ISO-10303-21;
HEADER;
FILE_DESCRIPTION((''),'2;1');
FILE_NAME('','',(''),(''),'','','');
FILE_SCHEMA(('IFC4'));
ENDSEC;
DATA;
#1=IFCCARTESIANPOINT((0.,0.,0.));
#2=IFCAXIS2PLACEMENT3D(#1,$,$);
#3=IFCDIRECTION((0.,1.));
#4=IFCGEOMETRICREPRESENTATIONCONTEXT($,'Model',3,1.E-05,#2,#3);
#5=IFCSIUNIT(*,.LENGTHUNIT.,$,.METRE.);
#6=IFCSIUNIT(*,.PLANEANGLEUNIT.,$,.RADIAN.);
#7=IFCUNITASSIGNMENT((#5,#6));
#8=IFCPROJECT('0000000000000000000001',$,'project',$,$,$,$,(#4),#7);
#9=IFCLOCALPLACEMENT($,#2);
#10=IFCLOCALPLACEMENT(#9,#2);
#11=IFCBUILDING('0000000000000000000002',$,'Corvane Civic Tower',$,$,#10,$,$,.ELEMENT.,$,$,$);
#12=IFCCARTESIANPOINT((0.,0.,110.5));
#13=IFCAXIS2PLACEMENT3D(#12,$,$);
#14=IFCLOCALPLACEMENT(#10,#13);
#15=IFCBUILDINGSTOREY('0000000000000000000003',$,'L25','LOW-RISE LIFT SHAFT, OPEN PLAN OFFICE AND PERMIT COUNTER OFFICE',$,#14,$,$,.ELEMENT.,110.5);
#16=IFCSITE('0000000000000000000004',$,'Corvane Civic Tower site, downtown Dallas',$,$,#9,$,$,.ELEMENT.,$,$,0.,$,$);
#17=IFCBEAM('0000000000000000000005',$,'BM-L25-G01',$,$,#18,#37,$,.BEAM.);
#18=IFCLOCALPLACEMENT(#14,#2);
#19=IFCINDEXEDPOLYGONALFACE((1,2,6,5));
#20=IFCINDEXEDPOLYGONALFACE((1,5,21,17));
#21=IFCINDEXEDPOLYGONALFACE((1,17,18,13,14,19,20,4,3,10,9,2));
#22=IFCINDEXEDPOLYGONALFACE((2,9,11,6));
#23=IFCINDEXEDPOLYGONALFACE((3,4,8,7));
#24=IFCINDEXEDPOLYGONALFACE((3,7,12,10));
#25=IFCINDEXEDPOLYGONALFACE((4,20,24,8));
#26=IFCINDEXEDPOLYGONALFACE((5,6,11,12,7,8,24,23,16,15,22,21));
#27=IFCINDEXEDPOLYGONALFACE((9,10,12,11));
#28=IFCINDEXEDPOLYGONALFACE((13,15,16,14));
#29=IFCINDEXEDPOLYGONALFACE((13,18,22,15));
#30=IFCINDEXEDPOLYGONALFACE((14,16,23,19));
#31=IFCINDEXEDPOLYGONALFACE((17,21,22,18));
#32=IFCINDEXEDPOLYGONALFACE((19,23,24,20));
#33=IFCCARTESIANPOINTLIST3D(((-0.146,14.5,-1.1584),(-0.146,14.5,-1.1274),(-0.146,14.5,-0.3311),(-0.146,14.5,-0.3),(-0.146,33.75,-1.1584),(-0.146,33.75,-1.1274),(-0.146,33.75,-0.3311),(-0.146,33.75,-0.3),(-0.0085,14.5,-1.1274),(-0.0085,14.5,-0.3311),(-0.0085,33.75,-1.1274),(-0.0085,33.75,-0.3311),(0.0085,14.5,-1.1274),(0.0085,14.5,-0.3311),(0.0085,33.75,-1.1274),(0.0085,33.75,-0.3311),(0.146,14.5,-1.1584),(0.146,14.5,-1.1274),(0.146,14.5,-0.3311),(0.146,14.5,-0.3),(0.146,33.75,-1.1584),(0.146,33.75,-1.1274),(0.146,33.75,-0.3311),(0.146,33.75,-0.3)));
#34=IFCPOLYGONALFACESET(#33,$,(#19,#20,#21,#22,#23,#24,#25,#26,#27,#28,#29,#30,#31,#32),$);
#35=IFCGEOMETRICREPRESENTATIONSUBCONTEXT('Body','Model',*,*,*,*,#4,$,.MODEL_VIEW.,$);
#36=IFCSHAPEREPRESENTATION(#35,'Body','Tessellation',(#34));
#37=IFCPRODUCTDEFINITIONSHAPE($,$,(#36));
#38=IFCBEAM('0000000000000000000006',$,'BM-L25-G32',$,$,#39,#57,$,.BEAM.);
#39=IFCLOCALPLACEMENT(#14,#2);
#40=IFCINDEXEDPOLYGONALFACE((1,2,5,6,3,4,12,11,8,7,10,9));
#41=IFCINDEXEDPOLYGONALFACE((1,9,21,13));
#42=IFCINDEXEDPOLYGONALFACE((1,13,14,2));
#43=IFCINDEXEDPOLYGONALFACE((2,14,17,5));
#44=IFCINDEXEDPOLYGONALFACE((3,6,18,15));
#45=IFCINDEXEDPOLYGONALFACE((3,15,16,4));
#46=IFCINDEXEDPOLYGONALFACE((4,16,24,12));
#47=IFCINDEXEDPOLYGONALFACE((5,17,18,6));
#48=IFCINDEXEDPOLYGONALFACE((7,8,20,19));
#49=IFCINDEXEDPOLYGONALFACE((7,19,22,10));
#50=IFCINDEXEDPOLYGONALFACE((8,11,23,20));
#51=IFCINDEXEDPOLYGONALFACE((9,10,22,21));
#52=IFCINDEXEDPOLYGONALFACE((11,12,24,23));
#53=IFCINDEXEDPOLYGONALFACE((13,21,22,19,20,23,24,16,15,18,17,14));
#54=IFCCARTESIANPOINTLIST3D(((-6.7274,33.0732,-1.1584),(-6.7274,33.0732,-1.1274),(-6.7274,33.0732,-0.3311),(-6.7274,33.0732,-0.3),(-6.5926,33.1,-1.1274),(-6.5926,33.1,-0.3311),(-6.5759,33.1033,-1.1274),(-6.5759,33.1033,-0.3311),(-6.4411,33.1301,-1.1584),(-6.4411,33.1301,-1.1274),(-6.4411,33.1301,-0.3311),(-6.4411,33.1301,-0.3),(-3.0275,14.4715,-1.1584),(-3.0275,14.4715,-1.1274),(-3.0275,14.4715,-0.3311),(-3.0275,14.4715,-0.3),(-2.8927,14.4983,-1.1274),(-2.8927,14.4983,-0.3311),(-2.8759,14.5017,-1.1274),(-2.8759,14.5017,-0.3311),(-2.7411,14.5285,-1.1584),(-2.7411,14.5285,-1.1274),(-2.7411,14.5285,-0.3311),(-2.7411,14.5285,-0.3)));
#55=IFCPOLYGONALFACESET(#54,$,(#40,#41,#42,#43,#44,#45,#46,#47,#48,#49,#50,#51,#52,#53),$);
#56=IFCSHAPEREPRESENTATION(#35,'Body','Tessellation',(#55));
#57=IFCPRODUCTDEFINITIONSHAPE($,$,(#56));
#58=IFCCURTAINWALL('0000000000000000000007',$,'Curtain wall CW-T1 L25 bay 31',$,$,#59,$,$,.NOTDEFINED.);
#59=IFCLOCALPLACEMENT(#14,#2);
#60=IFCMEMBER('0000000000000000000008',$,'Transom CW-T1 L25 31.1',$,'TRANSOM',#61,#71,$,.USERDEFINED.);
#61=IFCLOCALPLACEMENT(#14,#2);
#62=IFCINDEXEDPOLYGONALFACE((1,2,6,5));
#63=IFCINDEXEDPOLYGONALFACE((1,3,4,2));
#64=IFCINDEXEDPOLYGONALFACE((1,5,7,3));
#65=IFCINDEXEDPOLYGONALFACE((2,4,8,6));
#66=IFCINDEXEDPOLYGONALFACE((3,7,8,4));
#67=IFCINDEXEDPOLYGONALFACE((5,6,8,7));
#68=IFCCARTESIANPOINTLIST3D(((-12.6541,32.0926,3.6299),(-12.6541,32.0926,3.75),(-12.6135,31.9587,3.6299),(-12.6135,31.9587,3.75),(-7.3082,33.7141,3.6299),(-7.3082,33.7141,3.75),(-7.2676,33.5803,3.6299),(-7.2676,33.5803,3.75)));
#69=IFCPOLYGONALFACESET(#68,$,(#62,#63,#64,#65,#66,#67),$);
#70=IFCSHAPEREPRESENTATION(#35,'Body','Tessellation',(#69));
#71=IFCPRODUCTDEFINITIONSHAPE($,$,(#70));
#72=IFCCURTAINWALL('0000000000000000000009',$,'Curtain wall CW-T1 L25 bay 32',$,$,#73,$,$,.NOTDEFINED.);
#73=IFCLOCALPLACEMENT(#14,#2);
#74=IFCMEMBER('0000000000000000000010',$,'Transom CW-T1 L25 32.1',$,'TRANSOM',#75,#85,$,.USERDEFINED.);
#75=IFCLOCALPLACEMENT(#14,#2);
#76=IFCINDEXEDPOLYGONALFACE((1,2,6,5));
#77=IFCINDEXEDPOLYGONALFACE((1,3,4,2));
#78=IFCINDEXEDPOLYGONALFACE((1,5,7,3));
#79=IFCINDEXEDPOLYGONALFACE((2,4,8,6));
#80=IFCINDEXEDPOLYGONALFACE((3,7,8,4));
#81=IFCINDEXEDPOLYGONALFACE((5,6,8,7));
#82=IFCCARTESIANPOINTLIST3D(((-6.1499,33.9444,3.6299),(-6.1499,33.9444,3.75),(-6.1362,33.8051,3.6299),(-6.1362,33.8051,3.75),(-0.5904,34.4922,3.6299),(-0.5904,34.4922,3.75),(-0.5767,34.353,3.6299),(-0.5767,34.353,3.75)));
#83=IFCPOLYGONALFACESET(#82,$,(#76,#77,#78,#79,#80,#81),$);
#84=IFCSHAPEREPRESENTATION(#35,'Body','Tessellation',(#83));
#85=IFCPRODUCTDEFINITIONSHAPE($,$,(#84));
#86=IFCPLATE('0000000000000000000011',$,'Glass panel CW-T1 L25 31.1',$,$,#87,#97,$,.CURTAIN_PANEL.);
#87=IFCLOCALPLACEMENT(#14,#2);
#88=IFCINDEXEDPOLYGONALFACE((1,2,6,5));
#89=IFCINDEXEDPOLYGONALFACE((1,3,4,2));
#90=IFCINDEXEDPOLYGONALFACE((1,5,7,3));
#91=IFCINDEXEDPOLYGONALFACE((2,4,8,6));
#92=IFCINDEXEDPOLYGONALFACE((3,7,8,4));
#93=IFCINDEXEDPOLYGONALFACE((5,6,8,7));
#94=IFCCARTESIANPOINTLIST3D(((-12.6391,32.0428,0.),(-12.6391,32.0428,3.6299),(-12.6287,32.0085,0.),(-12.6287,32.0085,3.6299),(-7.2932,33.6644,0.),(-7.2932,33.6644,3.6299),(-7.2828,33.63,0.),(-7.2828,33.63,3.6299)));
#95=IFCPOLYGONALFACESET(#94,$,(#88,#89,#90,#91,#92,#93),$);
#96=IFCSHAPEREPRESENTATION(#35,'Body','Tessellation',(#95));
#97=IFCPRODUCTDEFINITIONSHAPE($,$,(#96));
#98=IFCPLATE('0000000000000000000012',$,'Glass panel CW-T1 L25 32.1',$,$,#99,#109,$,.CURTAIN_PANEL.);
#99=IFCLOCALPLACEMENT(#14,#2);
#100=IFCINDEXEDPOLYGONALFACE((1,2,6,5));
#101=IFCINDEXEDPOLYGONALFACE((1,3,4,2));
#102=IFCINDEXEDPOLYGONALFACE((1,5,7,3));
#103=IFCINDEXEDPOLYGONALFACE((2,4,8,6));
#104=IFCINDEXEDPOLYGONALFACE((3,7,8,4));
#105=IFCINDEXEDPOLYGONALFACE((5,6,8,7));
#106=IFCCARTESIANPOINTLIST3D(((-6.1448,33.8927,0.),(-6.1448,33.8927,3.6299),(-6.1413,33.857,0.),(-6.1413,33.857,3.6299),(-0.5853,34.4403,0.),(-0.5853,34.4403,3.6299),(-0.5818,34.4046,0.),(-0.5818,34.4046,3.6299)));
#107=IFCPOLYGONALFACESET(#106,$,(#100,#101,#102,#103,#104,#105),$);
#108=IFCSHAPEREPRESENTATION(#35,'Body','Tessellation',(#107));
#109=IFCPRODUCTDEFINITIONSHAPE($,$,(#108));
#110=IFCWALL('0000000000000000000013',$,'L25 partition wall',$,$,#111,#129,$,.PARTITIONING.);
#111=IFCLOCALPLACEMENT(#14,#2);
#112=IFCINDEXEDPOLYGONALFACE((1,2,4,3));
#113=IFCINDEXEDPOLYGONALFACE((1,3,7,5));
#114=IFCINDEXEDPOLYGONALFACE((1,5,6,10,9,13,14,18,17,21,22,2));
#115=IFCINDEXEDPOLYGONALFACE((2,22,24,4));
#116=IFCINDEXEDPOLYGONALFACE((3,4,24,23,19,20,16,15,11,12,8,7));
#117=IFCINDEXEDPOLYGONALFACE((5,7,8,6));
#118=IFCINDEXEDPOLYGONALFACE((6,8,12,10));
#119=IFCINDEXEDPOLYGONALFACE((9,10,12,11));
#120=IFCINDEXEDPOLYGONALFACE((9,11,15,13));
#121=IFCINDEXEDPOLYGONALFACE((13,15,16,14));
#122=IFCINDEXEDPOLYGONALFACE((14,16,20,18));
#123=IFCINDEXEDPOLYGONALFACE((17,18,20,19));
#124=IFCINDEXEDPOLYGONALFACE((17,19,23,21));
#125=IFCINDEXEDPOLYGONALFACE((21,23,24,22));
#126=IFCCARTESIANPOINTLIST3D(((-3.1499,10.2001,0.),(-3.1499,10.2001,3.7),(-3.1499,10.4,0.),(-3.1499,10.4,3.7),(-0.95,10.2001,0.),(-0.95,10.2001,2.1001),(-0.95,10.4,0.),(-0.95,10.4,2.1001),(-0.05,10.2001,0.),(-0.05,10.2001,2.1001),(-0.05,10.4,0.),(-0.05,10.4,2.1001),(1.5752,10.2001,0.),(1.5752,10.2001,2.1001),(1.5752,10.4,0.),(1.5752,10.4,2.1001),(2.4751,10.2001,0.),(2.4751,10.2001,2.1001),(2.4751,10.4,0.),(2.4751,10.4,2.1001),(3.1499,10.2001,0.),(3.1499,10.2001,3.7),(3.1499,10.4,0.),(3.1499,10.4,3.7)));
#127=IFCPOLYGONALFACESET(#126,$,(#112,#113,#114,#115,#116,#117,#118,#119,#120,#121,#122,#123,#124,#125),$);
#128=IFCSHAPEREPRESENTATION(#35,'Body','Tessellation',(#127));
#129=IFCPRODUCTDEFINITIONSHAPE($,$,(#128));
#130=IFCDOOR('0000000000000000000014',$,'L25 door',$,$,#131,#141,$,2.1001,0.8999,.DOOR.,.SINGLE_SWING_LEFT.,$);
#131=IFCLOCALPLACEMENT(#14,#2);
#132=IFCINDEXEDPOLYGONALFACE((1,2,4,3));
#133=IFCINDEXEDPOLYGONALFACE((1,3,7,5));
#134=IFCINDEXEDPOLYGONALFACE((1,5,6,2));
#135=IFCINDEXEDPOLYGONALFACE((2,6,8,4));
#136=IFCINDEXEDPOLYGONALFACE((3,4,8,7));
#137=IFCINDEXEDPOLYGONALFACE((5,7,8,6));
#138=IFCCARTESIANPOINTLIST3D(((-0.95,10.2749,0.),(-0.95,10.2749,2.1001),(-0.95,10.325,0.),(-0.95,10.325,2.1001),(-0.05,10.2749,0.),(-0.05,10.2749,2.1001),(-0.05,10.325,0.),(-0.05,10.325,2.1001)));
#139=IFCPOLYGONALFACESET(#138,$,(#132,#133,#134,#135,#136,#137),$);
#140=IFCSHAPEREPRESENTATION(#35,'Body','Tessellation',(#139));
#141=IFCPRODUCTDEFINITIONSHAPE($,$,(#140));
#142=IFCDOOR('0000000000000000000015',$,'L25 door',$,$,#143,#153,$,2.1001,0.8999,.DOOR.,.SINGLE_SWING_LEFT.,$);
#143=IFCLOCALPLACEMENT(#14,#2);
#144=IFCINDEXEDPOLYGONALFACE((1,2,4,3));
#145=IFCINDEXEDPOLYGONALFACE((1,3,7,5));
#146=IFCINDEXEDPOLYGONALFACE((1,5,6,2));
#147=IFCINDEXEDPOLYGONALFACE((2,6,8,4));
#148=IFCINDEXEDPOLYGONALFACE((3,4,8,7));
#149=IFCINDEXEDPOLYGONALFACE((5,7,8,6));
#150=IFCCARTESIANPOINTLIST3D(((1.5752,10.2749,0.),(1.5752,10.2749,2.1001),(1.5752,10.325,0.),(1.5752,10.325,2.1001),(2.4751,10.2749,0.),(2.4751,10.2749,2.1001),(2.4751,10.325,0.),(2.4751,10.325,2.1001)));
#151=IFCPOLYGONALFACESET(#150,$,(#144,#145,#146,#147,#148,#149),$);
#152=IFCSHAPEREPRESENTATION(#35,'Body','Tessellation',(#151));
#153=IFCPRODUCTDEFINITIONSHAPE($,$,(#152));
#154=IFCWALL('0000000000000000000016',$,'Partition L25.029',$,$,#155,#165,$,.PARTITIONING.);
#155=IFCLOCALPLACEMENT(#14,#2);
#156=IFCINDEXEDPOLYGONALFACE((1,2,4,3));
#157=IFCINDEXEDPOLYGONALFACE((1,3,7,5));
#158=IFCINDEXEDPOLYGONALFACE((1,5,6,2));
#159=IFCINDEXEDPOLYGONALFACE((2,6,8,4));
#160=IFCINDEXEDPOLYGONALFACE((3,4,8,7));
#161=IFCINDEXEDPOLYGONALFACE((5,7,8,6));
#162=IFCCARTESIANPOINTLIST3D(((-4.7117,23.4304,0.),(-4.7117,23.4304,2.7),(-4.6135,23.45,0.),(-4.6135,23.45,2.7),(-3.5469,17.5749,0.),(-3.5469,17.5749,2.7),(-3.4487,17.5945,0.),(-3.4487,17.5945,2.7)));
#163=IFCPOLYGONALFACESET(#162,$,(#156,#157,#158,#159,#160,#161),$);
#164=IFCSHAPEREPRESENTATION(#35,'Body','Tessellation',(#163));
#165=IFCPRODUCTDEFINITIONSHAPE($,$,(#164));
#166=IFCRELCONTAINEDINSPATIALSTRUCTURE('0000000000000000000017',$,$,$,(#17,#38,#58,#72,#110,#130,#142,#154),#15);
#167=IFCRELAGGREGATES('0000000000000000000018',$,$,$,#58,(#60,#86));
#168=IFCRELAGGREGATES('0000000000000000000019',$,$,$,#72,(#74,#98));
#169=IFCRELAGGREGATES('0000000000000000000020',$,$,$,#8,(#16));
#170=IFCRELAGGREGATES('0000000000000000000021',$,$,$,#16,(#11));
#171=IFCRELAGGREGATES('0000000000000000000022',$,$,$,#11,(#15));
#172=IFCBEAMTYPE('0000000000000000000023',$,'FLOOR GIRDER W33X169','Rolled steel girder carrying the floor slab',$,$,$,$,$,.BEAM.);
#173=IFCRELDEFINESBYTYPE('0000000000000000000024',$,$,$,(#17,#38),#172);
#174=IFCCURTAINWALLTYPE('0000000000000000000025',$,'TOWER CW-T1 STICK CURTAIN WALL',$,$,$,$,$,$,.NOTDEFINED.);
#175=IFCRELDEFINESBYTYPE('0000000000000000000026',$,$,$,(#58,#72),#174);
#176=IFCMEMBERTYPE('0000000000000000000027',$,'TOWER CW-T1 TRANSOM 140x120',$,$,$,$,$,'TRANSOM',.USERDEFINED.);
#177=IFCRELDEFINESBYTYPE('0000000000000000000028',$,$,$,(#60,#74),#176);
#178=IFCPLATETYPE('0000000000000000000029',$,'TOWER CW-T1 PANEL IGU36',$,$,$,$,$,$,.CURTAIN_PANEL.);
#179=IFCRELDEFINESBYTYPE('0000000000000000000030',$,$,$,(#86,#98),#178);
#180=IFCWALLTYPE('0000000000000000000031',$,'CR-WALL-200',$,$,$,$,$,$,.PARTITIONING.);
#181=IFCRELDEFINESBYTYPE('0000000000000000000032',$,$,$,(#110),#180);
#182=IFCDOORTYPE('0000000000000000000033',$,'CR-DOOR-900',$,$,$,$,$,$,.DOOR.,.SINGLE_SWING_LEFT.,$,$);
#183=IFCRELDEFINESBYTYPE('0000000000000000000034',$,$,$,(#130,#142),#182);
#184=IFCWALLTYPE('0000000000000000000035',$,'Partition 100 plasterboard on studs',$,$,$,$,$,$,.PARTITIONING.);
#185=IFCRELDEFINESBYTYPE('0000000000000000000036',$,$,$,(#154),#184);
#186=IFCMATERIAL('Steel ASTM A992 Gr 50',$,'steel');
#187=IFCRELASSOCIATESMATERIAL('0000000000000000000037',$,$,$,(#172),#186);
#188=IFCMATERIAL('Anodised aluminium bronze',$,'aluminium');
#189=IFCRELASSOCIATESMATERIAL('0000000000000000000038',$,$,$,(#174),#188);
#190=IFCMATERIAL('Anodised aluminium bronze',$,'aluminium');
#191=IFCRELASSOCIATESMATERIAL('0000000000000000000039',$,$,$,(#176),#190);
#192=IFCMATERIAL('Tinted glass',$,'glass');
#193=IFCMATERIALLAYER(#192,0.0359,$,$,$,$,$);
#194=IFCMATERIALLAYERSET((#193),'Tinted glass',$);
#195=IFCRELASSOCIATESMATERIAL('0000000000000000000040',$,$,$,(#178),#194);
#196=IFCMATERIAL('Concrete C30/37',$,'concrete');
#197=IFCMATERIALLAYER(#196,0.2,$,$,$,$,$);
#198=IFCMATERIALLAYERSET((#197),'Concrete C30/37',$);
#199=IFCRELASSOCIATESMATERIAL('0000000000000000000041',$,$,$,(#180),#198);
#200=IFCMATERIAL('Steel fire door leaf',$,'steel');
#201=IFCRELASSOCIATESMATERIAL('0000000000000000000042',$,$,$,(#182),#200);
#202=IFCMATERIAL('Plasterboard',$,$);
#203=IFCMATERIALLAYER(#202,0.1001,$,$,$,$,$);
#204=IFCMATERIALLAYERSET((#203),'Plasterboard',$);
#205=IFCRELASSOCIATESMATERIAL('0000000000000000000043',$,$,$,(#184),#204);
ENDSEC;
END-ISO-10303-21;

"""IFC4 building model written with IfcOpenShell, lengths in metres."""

from ifc_helpers import new_model, si_unit, direction, frame, frame_2d, origin, origin_2d, place, context, subcontext, project, spatial, rectangle, i_section, extrude, material, layer, layer_set, material_profile, profile_set, type_object, element, fill, aggregate, save


model = new_model("IFC4")

# Units and contexts
model_context = context("Model", 3, precision=1e-05, world=origin(), true_north=direction((0.0, 1.0)))
body_context = subcontext(model_context, "Body", "Model", "MODEL_VIEW")
ifc_project = project(units=[si_unit("LENGTHUNIT", "METRE"), si_unit("PLANEANGLEUNIT", "RADIAN")], contexts=[model_context])

# Site, building, storey
site_placement = place(None, origin())
site = spatial("IfcSite", under=ifc_project, at=site_placement, Name="Corvane Civic Tower site, downtown Dallas", CompositionType="ELEMENT", RefElevation=0.0)
building_placement = place(site_placement, origin())
building = spatial("IfcBuilding", under=site, at=building_placement, Name="Corvane Civic Tower", CompositionType="ELEMENT")
storey_placement = place(building_placement, frame((0.0, 0.0, 110.5)))
storey = spatial("IfcBuildingStorey", under=building, at=storey_placement, Name="L25", Description="LOW-RISE LIFT SHAFT, OPEN PLAN OFFICE AND PERMIT COUNTER OFFICE", CompositionType="ELEMENT", Elevation=110.5)

# Beams
ifc_material_1 = material(Name="Steel ASTM A992 Gr 50", Category="steel")
ifc_material_profile_1 = material_profile(ifc_material_1, i_section(OverallWidth=0.292, OverallDepth=0.8584, WebThickness=0.0171, FlangeThickness=0.031, at=origin_2d()), Name="W33X169")
ifc_profile_set_1 = profile_set([ifc_material_profile_1], Name="Steel ASTM A992 Gr 50")
beam_type_1 = type_object("IfcBeamType", Name="FLOOR GIRDER W33X169", Description="Rolled steel girder carrying the floor slab", PredefinedType="BEAM", material=ifc_profile_set_1)
beam_1_placement = place(storey_placement, frame((0.0, 14.5, -0.7292), z_axis=(0.0, 1.0, 0.0), x_axis=(-1.0, 0.0, 0.0)))
element("IfcBeam", 1, at=beam_1_placement, inside=storey, type_object=beam_type_1, Name="BM-L25-G01", PredefinedType="BEAM", context=body_context, shape_type="SweptSolid", body=[
    extrude(i_section(OverallWidth=0.292, OverallDepth=0.8584, WebThickness=0.0171, FlangeThickness=0.031, at=origin_2d()), origin(), (0.0, 0.0, 1.0), 19.25),
])
beam_2_placement = place(storey_placement, frame((-2.8843, 14.5, -0.7292), z_axis=(-0.195084, 0.980787, 0.0), x_axis=(-0.980787, -0.195084, 0.0)))
element("IfcBeam", 2, at=beam_2_placement, inside=storey, type_object=beam_type_1, Name="BM-L25-G32", PredefinedType="BEAM", context=body_context, shape_type="SweptSolid", body=[
    extrude(i_section(OverallWidth=0.292, OverallDepth=0.8584, WebThickness=0.0171, FlangeThickness=0.031, at=origin_2d()), origin(), (0.0, 0.0, 1.0), 18.9661),
])

# Curtain walls, members
ifc_material_2 = material(Name="Anodised aluminium bronze", Category="aluminium")
curtain_wall_type = type_object("IfcCurtainWallType", Name="TOWER CW-T1 STICK CURTAIN WALL", PredefinedType="NOTDEFINED", material=ifc_material_2)
curtain_wall_1_placement = place(storey_placement, origin())
curtain_wall_1 = element("IfcCurtainWall", 3, at=curtain_wall_1_placement, inside=storey, type_object=curtain_wall_type, Name="Curtain wall CW-T1 L25 bay 31", PredefinedType="NOTDEFINED")
ifc_material_3 = material(Name="Anodised aluminium bronze", Category="aluminium")
ifc_material_profile_2 = material_profile(ifc_material_3, rectangle(XDim=0.1399, YDim=0.1201, at=origin_2d()), Name="TOWER CW-T1 TRANSOM 140x120")
ifc_profile_set_2 = profile_set([ifc_material_profile_2], Name="Anodised aluminium bronze")
member_type = type_object("IfcMemberType", Name="TOWER CW-T1 TRANSOM 140x120", ElementType="TRANSOM", PredefinedType="USERDEFINED", material=ifc_profile_set_2)
member_1_placement = place(storey_placement, frame((-12.6338, 32.0256, 3.6899), z_axis=(0.956945, 0.290269, 0.0), x_axis=(-0.290269, 0.956945, 0.0)))
member_1 = element("IfcMember", 4, at=member_1_placement, type_object=member_type, Name="Transom CW-T1 L25 31.1", ObjectType="TRANSOM", PredefinedType="USERDEFINED", context=body_context, shape_type="SweptSolid", body=[
    extrude(rectangle(XDim=0.1399, YDim=0.1201, at=origin_2d()), origin(), (0.0, 0.0, 1.0), 5.5864),
])
curtain_wall_2_placement = place(storey_placement, origin())
curtain_wall_2 = element("IfcCurtainWall", 5, at=curtain_wall_2_placement, inside=storey, type_object=curtain_wall_type, Name="Curtain wall CW-T1 L25 bay 32", PredefinedType="NOTDEFINED")
member_2_placement = place(storey_placement, frame((-6.1431, 33.8748, 3.6899), z_axis=(0.99518, 0.098067, 0.0), x_axis=(-0.098067, 0.99518, 0.0)))
member_2 = element("IfcMember", 6, at=member_2_placement, type_object=member_type, Name="Transom CW-T1 L25 32.1", ObjectType="TRANSOM", PredefinedType="USERDEFINED", context=body_context, shape_type="SweptSolid", body=[
    extrude(rectangle(XDim=0.1399, YDim=0.1201, at=origin_2d()), origin(), (0.0, 0.0, 1.0), 5.5864),
])

# Plates
ifc_material_4 = material(Name="Tinted glass", Category="glass")
ifc_layer_1 = layer(ifc_material_4, 0.0359)
ifc_layer_set_1 = layer_set([ifc_layer_1], Name="Tinted glass")
plate_type = type_object("IfcPlateType", Name="TOWER CW-T1 PANEL IGU36", PredefinedType="CURTAIN_PANEL", material=ifc_layer_set_1)
plate_1_placement = place(storey_placement, frame((-9.9609, 32.8364, 0.0), z_axis=(0.0, 0.0, 1.0), x_axis=(0.956946, 0.290266, 0.0)))
plate_1 = element("IfcPlate", 7, at=plate_1_placement, type_object=plate_type, Name="Glass panel CW-T1 L25 31.1", PredefinedType="CURTAIN_PANEL", context=body_context, shape_type="SweptSolid", body=[
    extrude(rectangle(XDim=5.5864, YDim=0.0359, at=origin_2d()), origin(), (0.0, 0.0, 1.0), 3.6299),
])
aggregate(curtain_wall_1, [member_1, plate_1])
plate_2_placement = place(storey_placement, frame((-3.3633, 34.1487, 0.0), z_axis=(0.0, 0.0, 1.0), x_axis=(0.995184, 0.098027, 0.0)))
plate_2 = element("IfcPlate", 8, at=plate_2_placement, type_object=plate_type, Name="Glass panel CW-T1 L25 32.1", PredefinedType="CURTAIN_PANEL", context=body_context, shape_type="SweptSolid", body=[
    extrude(rectangle(XDim=5.5864, YDim=0.0359, at=origin_2d()), origin(), (0.0, 0.0, 1.0), 3.6299),
])
aggregate(curtain_wall_2, [member_2, plate_2])

# Wall, openings, doors
ifc_material_5 = material(Name="Concrete C30/37", Category="concrete")
ifc_layer_2 = layer(ifc_material_5, 0.2)
ifc_layer_set_2 = layer_set([ifc_layer_2], Name="Concrete C30/37")
wall_type_1 = type_object("IfcWallType", Name="CR-WALL-200", PredefinedType="PARTITIONING", material=ifc_layer_set_2)
wall_1_placement = place(storey_placement, frame((-3.1499, 10.3, 0.0), z_axis=(0.0, 0.0, 1.0), x_axis=(1.0, 0.0, 0.0)))
wall_1 = element("IfcWall", 9, at=wall_1_placement, inside=storey, type_object=wall_type_1, Name="L25 partition wall", PredefinedType="PARTITIONING", context=body_context, shape_type="SweptSolid", body=[
    extrude(rectangle(XDim=6.2998, YDim=0.2, at=frame_2d((3.1499, 0.0))), origin(), (0.0, 0.0, 1.0), 3.7),
])
opening_1_placement = place(wall_1_placement, frame((2.2, 0.0, 0.0)))
opening_1 = element("IfcOpeningElement", 10, at=opening_1_placement, cuts=wall_1, PredefinedType="OPENING", context=body_context, shape_type="SweptSolid", body=[
    extrude(rectangle(XDim=0.8999, YDim=2.1001, at=frame_2d((0.45, 1.05))), frame((0.0, 0.1099, 0.0), z_axis=(0.0, -1.0, 0.0), x_axis=(1.0, 0.0, 0.0)), (0.0, 0.0, 1.0), 0.22),
])
opening_2_placement = place(wall_1_placement, frame((4.7251, 0.0, 0.0)))
opening_2 = element("IfcOpeningElement", 11, at=opening_2_placement, cuts=wall_1, PredefinedType="OPENING", context=body_context, shape_type="SweptSolid", body=[
    extrude(rectangle(XDim=0.8999, YDim=2.1001, at=frame_2d((0.45, 1.05))), frame((0.0, 0.1099, 0.0), z_axis=(0.0, -1.0, 0.0), x_axis=(1.0, 0.0, 0.0)), (0.0, 0.0, 1.0), 0.22),
])
ifc_material_6 = material(Name="Steel fire door leaf", Category="steel")
door_type_1 = type_object("IfcDoorType", Name="CR-DOOR-900", OperationType="SINGLE_SWING_LEFT", PredefinedType="DOOR", material=ifc_material_6)
door_1_placement = place(opening_1_placement, origin())
door_1 = element("IfcDoor", 12, at=door_1_placement, inside=storey, type_object=door_type_1, Name="L25 door", OperationType="SINGLE_SWING_LEFT", OverallHeight=2.1001, OverallWidth=0.8999, PredefinedType="DOOR", context=body_context, shape_type="SweptSolid", body=[
    extrude(rectangle(XDim=0.8999, YDim=2.1001, at=frame_2d((0.45, 1.05))), frame((0.0, 0.0249, 0.0), z_axis=(0.0, -1.0, 0.0), x_axis=(1.0, 0.0, 0.0)), (0.0, 0.0, 1.0), 0.05),
])
fill(opening_1, door_1)
door_2_placement = place(opening_2_placement, origin())
door_2 = element("IfcDoor", 13, at=door_2_placement, inside=storey, type_object=door_type_1, Name="L25 door", OperationType="SINGLE_SWING_LEFT", OverallHeight=2.1001, OverallWidth=0.8999, PredefinedType="DOOR", context=body_context, shape_type="SweptSolid", body=[
    extrude(rectangle(XDim=0.8999, YDim=2.1001, at=frame_2d((0.45, 1.05))), frame((0.0, 0.0249, 0.0), z_axis=(0.0, -1.0, 0.0), x_axis=(1.0, 0.0, 0.0)), (0.0, 0.0, 1.0), 0.05),
])
fill(opening_2, door_2)

# Wall
ifc_material_7 = material(Name="Plasterboard")
ifc_layer_3 = layer(ifc_material_7, 0.1001)
ifc_layer_set_3 = layer_set([ifc_layer_3], Name="Plasterboard")
wall_type_2 = type_object("IfcWallType", Name="Partition 100 plasterboard on studs", PredefinedType="PARTITIONING", material=ifc_layer_set_3)
wall_2_placement = place(storey_placement, frame((-4.6626, 23.4402, 0.0), z_axis=(0.0, 0.0, 1.0), x_axis=(0.195102, -0.980783, 0.0)))
element("IfcWall", 14, at=wall_2_placement, inside=storey, type_object=wall_type_2, Name="Partition L25.029", PredefinedType="PARTITIONING", context=body_context, shape_type="SweptSolid", body=[
    extrude(rectangle(XDim=5.9702, YDim=0.1001, at=frame_2d((2.9851, 0.0))), origin(), (0.0, 0.0, 1.0), 2.7),
])

save(model, "model.ifc")
